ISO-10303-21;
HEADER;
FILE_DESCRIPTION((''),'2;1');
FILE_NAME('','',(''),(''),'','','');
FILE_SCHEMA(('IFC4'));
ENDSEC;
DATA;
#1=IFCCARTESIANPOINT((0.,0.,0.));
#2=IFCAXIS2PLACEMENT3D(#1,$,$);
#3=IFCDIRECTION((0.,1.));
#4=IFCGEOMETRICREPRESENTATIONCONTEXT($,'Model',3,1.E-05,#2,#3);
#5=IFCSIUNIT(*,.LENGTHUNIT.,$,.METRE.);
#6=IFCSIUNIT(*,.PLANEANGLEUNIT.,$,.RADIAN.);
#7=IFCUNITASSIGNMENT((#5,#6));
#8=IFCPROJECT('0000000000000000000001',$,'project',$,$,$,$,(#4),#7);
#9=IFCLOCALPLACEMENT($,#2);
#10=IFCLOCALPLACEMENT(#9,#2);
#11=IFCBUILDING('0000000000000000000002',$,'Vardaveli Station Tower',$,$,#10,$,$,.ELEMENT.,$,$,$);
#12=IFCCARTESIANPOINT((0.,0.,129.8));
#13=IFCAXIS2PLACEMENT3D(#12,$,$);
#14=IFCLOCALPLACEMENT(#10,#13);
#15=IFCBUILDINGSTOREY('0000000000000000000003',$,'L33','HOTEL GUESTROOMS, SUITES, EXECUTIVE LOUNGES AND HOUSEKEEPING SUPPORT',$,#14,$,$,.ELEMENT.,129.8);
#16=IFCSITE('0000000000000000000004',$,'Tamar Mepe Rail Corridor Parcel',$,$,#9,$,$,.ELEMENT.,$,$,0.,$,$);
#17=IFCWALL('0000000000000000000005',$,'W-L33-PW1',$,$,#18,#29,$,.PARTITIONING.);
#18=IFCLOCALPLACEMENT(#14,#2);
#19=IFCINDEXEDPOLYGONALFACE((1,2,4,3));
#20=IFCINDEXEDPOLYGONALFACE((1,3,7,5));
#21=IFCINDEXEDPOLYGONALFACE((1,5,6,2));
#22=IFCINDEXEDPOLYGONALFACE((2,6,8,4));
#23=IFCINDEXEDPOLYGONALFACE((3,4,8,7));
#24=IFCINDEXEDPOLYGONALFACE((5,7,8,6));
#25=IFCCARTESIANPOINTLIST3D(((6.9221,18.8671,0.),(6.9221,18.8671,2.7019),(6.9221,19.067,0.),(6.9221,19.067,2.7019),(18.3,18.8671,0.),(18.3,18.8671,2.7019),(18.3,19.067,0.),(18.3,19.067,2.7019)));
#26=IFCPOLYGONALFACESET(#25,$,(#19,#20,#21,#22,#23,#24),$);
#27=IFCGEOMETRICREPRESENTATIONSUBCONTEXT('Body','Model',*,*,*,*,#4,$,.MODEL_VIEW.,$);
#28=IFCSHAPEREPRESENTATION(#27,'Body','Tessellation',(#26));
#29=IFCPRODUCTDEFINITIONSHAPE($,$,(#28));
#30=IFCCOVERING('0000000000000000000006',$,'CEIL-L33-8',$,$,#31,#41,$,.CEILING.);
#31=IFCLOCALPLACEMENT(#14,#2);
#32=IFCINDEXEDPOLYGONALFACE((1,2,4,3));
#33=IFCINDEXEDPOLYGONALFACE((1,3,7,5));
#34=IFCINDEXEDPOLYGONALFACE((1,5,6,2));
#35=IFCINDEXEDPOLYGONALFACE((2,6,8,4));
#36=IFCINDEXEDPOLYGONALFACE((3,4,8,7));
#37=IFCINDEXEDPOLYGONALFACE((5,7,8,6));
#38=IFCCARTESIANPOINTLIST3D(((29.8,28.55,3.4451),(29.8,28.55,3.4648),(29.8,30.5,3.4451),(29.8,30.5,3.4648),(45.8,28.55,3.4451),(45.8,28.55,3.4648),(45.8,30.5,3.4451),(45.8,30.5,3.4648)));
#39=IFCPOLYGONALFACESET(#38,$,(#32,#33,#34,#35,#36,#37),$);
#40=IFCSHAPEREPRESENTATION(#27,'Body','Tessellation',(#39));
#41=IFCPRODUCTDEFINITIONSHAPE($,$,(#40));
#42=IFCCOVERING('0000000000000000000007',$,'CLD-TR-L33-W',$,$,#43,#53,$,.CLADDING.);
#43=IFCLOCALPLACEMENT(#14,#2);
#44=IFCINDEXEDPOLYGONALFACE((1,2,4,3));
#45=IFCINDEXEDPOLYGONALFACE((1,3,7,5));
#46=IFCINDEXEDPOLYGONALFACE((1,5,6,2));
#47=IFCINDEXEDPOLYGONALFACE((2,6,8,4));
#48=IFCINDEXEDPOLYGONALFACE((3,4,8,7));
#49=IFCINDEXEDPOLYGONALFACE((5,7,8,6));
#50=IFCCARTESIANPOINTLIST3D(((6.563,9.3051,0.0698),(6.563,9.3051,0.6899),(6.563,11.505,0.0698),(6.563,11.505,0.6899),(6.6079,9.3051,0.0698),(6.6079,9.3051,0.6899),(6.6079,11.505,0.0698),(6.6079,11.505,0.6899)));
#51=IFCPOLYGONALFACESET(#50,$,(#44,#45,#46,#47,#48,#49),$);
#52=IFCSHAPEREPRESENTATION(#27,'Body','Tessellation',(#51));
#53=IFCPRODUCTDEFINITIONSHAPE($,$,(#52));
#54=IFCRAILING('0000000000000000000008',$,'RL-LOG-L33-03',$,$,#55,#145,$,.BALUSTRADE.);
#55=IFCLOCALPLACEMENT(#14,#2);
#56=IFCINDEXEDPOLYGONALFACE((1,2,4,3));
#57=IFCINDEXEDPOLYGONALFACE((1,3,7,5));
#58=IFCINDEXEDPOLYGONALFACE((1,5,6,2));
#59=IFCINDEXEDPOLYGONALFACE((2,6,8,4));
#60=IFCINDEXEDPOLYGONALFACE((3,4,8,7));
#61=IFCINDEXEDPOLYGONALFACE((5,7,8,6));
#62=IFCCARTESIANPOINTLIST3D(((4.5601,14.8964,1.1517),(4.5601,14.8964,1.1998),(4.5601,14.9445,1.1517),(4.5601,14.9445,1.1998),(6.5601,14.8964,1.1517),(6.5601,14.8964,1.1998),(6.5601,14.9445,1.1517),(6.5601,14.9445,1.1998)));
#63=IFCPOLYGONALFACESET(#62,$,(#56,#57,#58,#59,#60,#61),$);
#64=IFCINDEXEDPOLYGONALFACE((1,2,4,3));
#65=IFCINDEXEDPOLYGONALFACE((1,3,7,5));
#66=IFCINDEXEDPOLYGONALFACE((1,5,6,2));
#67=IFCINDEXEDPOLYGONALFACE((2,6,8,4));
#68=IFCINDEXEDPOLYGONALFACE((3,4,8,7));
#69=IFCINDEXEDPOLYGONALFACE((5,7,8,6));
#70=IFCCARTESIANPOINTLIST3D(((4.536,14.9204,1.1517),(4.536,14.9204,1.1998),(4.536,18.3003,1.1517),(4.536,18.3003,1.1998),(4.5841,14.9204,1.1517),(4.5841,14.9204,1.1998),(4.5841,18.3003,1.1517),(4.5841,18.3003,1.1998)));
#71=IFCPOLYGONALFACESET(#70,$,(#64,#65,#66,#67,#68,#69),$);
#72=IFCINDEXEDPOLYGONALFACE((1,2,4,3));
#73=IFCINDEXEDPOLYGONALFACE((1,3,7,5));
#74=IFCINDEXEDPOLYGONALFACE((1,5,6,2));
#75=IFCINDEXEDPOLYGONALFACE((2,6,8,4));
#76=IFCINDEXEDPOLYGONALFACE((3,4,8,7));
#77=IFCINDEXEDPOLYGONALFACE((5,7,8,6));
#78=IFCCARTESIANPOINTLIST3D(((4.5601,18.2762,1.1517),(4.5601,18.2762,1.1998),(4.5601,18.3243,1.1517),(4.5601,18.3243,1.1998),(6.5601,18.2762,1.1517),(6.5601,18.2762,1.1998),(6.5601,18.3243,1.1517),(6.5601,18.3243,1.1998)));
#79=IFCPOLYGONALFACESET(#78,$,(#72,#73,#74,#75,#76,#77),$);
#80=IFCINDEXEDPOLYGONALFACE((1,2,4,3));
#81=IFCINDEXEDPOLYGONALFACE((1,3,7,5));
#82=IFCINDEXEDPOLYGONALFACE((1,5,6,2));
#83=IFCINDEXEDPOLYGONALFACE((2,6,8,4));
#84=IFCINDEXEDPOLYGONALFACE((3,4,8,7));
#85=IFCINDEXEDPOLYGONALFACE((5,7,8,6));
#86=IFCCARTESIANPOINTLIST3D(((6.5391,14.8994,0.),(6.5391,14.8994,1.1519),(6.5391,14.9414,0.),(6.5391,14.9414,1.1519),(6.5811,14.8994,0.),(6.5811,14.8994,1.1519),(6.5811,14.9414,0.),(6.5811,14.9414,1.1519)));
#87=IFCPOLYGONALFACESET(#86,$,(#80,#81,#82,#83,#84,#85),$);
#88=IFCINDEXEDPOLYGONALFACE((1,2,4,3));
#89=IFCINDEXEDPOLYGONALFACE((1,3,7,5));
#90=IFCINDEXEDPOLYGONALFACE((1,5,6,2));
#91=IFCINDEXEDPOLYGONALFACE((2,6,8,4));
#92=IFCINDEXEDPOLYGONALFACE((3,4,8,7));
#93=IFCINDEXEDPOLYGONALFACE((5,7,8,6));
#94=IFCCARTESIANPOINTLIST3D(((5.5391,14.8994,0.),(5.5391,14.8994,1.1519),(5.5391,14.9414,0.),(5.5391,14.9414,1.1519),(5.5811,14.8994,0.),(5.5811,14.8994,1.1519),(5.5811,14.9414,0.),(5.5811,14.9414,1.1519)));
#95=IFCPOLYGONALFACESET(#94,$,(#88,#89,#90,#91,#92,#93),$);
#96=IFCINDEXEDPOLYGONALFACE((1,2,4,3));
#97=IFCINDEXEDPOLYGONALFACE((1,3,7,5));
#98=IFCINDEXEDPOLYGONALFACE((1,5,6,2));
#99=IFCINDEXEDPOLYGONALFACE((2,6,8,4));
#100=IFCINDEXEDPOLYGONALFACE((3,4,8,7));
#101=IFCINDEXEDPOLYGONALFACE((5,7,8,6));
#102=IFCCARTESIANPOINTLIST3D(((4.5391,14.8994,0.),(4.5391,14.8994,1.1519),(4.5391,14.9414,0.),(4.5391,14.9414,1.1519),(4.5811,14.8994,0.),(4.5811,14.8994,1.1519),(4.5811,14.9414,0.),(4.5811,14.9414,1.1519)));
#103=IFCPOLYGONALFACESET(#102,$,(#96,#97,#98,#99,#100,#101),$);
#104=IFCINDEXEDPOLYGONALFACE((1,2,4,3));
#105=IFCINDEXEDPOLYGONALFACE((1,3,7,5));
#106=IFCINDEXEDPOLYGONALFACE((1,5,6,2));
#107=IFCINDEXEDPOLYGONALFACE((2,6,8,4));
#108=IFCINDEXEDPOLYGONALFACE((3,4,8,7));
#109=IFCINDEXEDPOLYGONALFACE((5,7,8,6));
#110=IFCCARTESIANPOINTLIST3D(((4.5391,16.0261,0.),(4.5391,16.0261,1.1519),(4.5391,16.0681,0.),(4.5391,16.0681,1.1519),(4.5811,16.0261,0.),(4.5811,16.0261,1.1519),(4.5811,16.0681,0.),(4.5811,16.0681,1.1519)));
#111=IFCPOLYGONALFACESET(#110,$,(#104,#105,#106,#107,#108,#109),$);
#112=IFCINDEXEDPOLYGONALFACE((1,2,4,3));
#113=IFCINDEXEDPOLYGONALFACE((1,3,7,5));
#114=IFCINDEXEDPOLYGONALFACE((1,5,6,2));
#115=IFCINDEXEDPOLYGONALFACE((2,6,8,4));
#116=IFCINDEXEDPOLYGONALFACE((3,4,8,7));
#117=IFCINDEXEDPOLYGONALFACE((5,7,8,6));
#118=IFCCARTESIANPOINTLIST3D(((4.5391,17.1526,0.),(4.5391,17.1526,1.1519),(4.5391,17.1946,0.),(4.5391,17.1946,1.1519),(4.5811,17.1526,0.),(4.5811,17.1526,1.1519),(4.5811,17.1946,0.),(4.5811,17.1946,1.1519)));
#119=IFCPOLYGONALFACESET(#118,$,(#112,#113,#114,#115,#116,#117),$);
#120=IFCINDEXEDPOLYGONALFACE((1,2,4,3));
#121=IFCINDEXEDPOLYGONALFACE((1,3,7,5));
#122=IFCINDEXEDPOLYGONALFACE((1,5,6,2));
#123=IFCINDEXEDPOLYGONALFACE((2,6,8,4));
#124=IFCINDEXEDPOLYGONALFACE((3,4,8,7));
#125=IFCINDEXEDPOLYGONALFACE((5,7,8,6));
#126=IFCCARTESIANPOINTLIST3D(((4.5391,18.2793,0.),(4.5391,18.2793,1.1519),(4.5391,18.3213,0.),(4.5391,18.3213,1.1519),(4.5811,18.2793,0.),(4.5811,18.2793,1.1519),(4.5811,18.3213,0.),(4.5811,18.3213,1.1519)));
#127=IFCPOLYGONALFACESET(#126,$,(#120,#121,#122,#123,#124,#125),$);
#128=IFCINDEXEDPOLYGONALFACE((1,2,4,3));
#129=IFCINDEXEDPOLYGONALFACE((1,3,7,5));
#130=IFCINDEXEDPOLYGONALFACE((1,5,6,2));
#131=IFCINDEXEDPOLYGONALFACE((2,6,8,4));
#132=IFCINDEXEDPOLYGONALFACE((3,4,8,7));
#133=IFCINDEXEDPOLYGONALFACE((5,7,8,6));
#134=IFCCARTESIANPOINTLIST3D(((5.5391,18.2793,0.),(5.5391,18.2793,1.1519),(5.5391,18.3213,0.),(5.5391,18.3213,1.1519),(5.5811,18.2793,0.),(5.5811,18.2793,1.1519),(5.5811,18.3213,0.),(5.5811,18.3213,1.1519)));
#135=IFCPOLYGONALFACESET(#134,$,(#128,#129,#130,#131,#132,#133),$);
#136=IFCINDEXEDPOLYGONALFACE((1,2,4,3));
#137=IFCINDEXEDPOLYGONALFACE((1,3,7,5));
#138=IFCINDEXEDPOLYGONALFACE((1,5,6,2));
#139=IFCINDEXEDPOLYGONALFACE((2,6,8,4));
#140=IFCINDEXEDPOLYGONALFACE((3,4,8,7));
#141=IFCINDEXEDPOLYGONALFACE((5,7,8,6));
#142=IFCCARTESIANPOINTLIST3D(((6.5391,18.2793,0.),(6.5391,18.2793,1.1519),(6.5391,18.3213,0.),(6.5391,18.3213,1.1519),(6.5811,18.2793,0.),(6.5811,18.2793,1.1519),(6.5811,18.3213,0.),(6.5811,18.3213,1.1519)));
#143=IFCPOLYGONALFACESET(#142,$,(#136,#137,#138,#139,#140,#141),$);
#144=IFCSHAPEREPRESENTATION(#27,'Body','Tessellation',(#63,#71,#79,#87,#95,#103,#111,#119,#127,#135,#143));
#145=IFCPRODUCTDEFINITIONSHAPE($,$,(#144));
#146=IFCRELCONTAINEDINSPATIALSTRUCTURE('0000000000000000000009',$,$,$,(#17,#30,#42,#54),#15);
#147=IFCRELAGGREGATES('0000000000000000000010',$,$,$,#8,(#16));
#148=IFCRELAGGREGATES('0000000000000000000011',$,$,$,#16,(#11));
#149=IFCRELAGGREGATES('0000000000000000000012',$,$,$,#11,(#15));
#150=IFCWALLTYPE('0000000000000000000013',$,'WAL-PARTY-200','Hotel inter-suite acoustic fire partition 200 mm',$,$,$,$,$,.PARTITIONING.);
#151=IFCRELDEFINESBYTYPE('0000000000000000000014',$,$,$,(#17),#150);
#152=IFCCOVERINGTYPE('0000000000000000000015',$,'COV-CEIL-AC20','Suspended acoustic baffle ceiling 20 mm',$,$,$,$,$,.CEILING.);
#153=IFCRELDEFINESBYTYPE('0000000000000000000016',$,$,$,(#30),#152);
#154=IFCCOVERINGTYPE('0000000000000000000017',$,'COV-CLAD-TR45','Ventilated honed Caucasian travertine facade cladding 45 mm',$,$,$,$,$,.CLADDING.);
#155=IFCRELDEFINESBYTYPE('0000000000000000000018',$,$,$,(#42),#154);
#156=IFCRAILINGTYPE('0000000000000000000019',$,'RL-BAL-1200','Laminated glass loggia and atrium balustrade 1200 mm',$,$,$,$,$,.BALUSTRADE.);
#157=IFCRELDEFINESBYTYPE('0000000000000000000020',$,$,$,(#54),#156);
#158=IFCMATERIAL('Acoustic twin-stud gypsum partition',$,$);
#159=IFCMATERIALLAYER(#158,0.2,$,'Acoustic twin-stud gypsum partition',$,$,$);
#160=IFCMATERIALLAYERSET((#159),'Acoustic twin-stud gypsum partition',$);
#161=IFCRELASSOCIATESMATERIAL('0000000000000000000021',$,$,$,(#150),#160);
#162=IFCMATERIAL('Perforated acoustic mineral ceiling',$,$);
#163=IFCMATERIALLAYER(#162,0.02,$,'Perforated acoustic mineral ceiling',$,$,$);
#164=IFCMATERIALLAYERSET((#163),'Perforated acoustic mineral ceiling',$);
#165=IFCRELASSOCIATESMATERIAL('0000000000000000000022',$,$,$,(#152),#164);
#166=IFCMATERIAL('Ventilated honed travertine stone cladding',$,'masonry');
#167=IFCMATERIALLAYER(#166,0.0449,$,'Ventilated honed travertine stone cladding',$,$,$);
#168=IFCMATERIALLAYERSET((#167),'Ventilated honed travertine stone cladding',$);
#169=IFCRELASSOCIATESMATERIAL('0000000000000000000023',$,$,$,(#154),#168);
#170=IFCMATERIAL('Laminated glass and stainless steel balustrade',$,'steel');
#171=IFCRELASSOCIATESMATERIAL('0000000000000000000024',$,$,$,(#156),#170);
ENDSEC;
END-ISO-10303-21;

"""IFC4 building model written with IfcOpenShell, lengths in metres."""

from ifc_helpers import new_model, si_unit, direction, frame, frame_2d, origin, origin_2d, place, context, subcontext, project, spatial, polyline, rectangle, outline, extrude, source, transform, mapped, material, layer, layer_set, type_object, element, save


model = new_model("IFC4")

# Units and contexts
model_context = context("Model", 3, precision=1e-05, world=origin(), true_north=direction((0.0, 1.0)))
body_context = subcontext(model_context, "Body", "Model", "MODEL_VIEW")
ifc_project = project(units=[si_unit("LENGTHUNIT", "METRE"), si_unit("PLANEANGLEUNIT", "RADIAN")], contexts=[model_context])

# Site, building, storey
site_placement = place(None, origin())
site = spatial("IfcSite", under=ifc_project, at=site_placement, Name="Tamar Mepe Rail Corridor Parcel", CompositionType="ELEMENT", RefElevation=0.0)
building_placement = place(site_placement, origin())
building = spatial("IfcBuilding", under=site, at=building_placement, Name="Vardaveli Station Tower", CompositionType="ELEMENT")
storey_placement = place(building_placement, frame((0.0, 0.0, 129.8)))
storey = spatial("IfcBuildingStorey", under=building, at=storey_placement, Name="L33", Description="HOTEL GUESTROOMS, SUITES, EXECUTIVE LOUNGES AND HOUSEKEEPING SUPPORT", CompositionType="ELEMENT", Elevation=129.8)

# Wall
ifc_material_1 = material(Name="Acoustic twin-stud gypsum partition")
ifc_layer_1 = layer(ifc_material_1, 0.2, Name="Acoustic twin-stud gypsum partition")
ifc_layer_set_1 = layer_set([ifc_layer_1], Name="Acoustic twin-stud gypsum partition")
wall_type_1 = type_object("IfcWallType", Name="WAL-PARTY-200", Description="Hotel inter-suite acoustic fire partition 200 mm", PredefinedType="PARTITIONING", material=ifc_layer_set_1)
shared_shape_1 = source(origin(), body_context, "Body", "SweptSolid", [
    extrude(rectangle(XDim=11.3779, YDim=0.2, at=frame_2d((5.689, 0.0))), origin(), (0.0, 0.0, 1.0), 2.7019),
])
wall_1_placement = place(storey_placement, frame((6.9221, 18.967, 0.0), z_axis=(0.0, 0.0, 1.0), x_axis=(1.0, 0.0, 0.0)))
element("IfcWall", 1, at=wall_1_placement, inside=storey, type_object=wall_type_1, Name="W-L33-PW1", PredefinedType="PARTITIONING", context=body_context, shape_type="MappedRepresentation", body=[
    mapped(shared_shape_1, transform((0.0, 0.0, 0.0), scale=1.0)),
])

# Coverings
ifc_material_2 = material(Name="Perforated acoustic mineral ceiling")
ifc_layer_2 = layer(ifc_material_2, 0.02, Name="Perforated acoustic mineral ceiling")
ifc_layer_set_2 = layer_set([ifc_layer_2], Name="Perforated acoustic mineral ceiling")
covering_type_1 = type_object("IfcCoveringType", Name="COV-CEIL-AC20", Description="Suspended acoustic baffle ceiling 20 mm", PredefinedType="CEILING", material=ifc_layer_set_2)
covering_1_placement = place(storey_placement, frame((0.0, 0.0, 3.4451)))
element("IfcCovering", 2, at=covering_1_placement, inside=storey, type_object=covering_type_1, Name="CEIL-L33-8", PredefinedType="CEILING", context=body_context, shape_type="SweptSolid", body=[
    extrude(outline(polyline([(29.8, 28.55), (45.8, 28.55), (45.8, 30.5), (29.8, 30.5), (29.8, 28.55)])), origin(), (0.0, 0.0, 1.0), 0.0198),
])
ifc_material_3 = material(Name="Ventilated honed travertine stone cladding", Category="masonry")
ifc_layer_3 = layer(ifc_material_3, 0.0449, Name="Ventilated honed travertine stone cladding")
ifc_layer_set_3 = layer_set([ifc_layer_3], Name="Ventilated honed travertine stone cladding")
covering_type_2 = type_object("IfcCoveringType", Name="COV-CLAD-TR45", Description="Ventilated honed Caucasian travertine facade cladding 45 mm", PredefinedType="CLADDING", material=ifc_layer_set_3)
shared_shape_2 = source(origin(), body_context, "Body", "SweptSolid", [
    extrude(rectangle(XDim=2.2, YDim=0.0449, at=origin_2d()), origin(), (0.0, 0.0, 1.0), 0.6201),
])
covering_2_placement = place(storey_placement, frame((6.5854, 10.405, 0.0698), z_axis=(0.0, 0.0, 1.0), x_axis=(0.0, 1.0, 0.0)))
element("IfcCovering", 3, at=covering_2_placement, inside=storey, type_object=covering_type_2, Name="CLD-TR-L33-W", PredefinedType="CLADDING", context=body_context, shape_type="MappedRepresentation", body=[
    mapped(shared_shape_2, transform((0.0, 0.0, 0.0), scale=1.0)),
])

# Railing
ifc_material_4 = material(Name="Laminated glass and stainless steel balustrade", Category="steel")
railing_type = type_object("IfcRailingType", Name="RL-BAL-1200", Description="Laminated glass loggia and atrium balustrade 1200 mm", PredefinedType="BALUSTRADE", material=ifc_material_4)
shared_shape_3 = source(origin(), body_context, "Body", "SweptSolid", [
    extrude(rectangle(XDim=0.0481, YDim=0.0481, at=origin_2d()), frame((0.0, 0.0, 1.1758), z_axis=(-1.0, 0.0, 0.0), x_axis=(0.0, -1.0, 0.0)), (0.0, 0.0, 1.0), 2.0),
    extrude(rectangle(XDim=0.0481, YDim=0.0481, at=origin_2d()), frame((-2.0, 0.0, 1.1758), z_axis=(0.0, 1.0, 0.0), x_axis=(-1.0, 0.0, 0.0)), (0.0, 0.0, 1.0), 3.3799),
    extrude(rectangle(XDim=0.0481, YDim=0.0481, at=origin_2d()), frame((-2.0, 3.3799, 1.1758), z_axis=(1.0, 0.0, 0.0), x_axis=(0.0, 1.0, 0.0)), (0.0, 0.0, 1.0), 2.0),
    extrude(rectangle(XDim=0.042, YDim=0.042, at=origin_2d()), origin(), (0.0, 0.0, 1.0), 1.1519),
    extrude(rectangle(XDim=0.042, YDim=0.042, at=origin_2d()), frame((-1.0, 0.0, 0.0)), (0.0, 0.0, 1.0), 1.1519),
    extrude(rectangle(XDim=0.042, YDim=0.042, at=origin_2d()), frame((-2.0, 0.0, 0.0)), (0.0, 0.0, 1.0), 1.1519),
    extrude(rectangle(XDim=0.042, YDim=0.042, at=origin_2d()), frame((-2.0, 1.1267, 0.0)), (0.0, 0.0, 1.0), 1.1519),
    extrude(rectangle(XDim=0.042, YDim=0.042, at=origin_2d()), frame((-2.0, 2.2532, 0.0)), (0.0, 0.0, 1.0), 1.1519),
    extrude(rectangle(XDim=0.042, YDim=0.042, at=origin_2d()), frame((-2.0, 3.3799, 0.0)), (0.0, 0.0, 1.0), 1.1519),
    extrude(rectangle(XDim=0.042, YDim=0.042, at=origin_2d()), frame((-1.0, 3.3799, 0.0)), (0.0, 0.0, 1.0), 1.1519),
    extrude(rectangle(XDim=0.042, YDim=0.042, at=origin_2d()), frame((0.0, 3.3799, 0.0)), (0.0, 0.0, 1.0), 1.1519),
])
railing_placement = place(storey_placement, frame((6.5601, 14.9204, 0.0)))
element("IfcRailing", 4, at=railing_placement, inside=storey, type_object=railing_type, Name="RL-LOG-L33-03", PredefinedType="BALUSTRADE", context=body_context, shape_type="MappedRepresentation", body=[
    mapped(shared_shape_3, transform((0.0, 0.0, 0.0), scale=1.0)),
])

save(model, "model.ifc")
